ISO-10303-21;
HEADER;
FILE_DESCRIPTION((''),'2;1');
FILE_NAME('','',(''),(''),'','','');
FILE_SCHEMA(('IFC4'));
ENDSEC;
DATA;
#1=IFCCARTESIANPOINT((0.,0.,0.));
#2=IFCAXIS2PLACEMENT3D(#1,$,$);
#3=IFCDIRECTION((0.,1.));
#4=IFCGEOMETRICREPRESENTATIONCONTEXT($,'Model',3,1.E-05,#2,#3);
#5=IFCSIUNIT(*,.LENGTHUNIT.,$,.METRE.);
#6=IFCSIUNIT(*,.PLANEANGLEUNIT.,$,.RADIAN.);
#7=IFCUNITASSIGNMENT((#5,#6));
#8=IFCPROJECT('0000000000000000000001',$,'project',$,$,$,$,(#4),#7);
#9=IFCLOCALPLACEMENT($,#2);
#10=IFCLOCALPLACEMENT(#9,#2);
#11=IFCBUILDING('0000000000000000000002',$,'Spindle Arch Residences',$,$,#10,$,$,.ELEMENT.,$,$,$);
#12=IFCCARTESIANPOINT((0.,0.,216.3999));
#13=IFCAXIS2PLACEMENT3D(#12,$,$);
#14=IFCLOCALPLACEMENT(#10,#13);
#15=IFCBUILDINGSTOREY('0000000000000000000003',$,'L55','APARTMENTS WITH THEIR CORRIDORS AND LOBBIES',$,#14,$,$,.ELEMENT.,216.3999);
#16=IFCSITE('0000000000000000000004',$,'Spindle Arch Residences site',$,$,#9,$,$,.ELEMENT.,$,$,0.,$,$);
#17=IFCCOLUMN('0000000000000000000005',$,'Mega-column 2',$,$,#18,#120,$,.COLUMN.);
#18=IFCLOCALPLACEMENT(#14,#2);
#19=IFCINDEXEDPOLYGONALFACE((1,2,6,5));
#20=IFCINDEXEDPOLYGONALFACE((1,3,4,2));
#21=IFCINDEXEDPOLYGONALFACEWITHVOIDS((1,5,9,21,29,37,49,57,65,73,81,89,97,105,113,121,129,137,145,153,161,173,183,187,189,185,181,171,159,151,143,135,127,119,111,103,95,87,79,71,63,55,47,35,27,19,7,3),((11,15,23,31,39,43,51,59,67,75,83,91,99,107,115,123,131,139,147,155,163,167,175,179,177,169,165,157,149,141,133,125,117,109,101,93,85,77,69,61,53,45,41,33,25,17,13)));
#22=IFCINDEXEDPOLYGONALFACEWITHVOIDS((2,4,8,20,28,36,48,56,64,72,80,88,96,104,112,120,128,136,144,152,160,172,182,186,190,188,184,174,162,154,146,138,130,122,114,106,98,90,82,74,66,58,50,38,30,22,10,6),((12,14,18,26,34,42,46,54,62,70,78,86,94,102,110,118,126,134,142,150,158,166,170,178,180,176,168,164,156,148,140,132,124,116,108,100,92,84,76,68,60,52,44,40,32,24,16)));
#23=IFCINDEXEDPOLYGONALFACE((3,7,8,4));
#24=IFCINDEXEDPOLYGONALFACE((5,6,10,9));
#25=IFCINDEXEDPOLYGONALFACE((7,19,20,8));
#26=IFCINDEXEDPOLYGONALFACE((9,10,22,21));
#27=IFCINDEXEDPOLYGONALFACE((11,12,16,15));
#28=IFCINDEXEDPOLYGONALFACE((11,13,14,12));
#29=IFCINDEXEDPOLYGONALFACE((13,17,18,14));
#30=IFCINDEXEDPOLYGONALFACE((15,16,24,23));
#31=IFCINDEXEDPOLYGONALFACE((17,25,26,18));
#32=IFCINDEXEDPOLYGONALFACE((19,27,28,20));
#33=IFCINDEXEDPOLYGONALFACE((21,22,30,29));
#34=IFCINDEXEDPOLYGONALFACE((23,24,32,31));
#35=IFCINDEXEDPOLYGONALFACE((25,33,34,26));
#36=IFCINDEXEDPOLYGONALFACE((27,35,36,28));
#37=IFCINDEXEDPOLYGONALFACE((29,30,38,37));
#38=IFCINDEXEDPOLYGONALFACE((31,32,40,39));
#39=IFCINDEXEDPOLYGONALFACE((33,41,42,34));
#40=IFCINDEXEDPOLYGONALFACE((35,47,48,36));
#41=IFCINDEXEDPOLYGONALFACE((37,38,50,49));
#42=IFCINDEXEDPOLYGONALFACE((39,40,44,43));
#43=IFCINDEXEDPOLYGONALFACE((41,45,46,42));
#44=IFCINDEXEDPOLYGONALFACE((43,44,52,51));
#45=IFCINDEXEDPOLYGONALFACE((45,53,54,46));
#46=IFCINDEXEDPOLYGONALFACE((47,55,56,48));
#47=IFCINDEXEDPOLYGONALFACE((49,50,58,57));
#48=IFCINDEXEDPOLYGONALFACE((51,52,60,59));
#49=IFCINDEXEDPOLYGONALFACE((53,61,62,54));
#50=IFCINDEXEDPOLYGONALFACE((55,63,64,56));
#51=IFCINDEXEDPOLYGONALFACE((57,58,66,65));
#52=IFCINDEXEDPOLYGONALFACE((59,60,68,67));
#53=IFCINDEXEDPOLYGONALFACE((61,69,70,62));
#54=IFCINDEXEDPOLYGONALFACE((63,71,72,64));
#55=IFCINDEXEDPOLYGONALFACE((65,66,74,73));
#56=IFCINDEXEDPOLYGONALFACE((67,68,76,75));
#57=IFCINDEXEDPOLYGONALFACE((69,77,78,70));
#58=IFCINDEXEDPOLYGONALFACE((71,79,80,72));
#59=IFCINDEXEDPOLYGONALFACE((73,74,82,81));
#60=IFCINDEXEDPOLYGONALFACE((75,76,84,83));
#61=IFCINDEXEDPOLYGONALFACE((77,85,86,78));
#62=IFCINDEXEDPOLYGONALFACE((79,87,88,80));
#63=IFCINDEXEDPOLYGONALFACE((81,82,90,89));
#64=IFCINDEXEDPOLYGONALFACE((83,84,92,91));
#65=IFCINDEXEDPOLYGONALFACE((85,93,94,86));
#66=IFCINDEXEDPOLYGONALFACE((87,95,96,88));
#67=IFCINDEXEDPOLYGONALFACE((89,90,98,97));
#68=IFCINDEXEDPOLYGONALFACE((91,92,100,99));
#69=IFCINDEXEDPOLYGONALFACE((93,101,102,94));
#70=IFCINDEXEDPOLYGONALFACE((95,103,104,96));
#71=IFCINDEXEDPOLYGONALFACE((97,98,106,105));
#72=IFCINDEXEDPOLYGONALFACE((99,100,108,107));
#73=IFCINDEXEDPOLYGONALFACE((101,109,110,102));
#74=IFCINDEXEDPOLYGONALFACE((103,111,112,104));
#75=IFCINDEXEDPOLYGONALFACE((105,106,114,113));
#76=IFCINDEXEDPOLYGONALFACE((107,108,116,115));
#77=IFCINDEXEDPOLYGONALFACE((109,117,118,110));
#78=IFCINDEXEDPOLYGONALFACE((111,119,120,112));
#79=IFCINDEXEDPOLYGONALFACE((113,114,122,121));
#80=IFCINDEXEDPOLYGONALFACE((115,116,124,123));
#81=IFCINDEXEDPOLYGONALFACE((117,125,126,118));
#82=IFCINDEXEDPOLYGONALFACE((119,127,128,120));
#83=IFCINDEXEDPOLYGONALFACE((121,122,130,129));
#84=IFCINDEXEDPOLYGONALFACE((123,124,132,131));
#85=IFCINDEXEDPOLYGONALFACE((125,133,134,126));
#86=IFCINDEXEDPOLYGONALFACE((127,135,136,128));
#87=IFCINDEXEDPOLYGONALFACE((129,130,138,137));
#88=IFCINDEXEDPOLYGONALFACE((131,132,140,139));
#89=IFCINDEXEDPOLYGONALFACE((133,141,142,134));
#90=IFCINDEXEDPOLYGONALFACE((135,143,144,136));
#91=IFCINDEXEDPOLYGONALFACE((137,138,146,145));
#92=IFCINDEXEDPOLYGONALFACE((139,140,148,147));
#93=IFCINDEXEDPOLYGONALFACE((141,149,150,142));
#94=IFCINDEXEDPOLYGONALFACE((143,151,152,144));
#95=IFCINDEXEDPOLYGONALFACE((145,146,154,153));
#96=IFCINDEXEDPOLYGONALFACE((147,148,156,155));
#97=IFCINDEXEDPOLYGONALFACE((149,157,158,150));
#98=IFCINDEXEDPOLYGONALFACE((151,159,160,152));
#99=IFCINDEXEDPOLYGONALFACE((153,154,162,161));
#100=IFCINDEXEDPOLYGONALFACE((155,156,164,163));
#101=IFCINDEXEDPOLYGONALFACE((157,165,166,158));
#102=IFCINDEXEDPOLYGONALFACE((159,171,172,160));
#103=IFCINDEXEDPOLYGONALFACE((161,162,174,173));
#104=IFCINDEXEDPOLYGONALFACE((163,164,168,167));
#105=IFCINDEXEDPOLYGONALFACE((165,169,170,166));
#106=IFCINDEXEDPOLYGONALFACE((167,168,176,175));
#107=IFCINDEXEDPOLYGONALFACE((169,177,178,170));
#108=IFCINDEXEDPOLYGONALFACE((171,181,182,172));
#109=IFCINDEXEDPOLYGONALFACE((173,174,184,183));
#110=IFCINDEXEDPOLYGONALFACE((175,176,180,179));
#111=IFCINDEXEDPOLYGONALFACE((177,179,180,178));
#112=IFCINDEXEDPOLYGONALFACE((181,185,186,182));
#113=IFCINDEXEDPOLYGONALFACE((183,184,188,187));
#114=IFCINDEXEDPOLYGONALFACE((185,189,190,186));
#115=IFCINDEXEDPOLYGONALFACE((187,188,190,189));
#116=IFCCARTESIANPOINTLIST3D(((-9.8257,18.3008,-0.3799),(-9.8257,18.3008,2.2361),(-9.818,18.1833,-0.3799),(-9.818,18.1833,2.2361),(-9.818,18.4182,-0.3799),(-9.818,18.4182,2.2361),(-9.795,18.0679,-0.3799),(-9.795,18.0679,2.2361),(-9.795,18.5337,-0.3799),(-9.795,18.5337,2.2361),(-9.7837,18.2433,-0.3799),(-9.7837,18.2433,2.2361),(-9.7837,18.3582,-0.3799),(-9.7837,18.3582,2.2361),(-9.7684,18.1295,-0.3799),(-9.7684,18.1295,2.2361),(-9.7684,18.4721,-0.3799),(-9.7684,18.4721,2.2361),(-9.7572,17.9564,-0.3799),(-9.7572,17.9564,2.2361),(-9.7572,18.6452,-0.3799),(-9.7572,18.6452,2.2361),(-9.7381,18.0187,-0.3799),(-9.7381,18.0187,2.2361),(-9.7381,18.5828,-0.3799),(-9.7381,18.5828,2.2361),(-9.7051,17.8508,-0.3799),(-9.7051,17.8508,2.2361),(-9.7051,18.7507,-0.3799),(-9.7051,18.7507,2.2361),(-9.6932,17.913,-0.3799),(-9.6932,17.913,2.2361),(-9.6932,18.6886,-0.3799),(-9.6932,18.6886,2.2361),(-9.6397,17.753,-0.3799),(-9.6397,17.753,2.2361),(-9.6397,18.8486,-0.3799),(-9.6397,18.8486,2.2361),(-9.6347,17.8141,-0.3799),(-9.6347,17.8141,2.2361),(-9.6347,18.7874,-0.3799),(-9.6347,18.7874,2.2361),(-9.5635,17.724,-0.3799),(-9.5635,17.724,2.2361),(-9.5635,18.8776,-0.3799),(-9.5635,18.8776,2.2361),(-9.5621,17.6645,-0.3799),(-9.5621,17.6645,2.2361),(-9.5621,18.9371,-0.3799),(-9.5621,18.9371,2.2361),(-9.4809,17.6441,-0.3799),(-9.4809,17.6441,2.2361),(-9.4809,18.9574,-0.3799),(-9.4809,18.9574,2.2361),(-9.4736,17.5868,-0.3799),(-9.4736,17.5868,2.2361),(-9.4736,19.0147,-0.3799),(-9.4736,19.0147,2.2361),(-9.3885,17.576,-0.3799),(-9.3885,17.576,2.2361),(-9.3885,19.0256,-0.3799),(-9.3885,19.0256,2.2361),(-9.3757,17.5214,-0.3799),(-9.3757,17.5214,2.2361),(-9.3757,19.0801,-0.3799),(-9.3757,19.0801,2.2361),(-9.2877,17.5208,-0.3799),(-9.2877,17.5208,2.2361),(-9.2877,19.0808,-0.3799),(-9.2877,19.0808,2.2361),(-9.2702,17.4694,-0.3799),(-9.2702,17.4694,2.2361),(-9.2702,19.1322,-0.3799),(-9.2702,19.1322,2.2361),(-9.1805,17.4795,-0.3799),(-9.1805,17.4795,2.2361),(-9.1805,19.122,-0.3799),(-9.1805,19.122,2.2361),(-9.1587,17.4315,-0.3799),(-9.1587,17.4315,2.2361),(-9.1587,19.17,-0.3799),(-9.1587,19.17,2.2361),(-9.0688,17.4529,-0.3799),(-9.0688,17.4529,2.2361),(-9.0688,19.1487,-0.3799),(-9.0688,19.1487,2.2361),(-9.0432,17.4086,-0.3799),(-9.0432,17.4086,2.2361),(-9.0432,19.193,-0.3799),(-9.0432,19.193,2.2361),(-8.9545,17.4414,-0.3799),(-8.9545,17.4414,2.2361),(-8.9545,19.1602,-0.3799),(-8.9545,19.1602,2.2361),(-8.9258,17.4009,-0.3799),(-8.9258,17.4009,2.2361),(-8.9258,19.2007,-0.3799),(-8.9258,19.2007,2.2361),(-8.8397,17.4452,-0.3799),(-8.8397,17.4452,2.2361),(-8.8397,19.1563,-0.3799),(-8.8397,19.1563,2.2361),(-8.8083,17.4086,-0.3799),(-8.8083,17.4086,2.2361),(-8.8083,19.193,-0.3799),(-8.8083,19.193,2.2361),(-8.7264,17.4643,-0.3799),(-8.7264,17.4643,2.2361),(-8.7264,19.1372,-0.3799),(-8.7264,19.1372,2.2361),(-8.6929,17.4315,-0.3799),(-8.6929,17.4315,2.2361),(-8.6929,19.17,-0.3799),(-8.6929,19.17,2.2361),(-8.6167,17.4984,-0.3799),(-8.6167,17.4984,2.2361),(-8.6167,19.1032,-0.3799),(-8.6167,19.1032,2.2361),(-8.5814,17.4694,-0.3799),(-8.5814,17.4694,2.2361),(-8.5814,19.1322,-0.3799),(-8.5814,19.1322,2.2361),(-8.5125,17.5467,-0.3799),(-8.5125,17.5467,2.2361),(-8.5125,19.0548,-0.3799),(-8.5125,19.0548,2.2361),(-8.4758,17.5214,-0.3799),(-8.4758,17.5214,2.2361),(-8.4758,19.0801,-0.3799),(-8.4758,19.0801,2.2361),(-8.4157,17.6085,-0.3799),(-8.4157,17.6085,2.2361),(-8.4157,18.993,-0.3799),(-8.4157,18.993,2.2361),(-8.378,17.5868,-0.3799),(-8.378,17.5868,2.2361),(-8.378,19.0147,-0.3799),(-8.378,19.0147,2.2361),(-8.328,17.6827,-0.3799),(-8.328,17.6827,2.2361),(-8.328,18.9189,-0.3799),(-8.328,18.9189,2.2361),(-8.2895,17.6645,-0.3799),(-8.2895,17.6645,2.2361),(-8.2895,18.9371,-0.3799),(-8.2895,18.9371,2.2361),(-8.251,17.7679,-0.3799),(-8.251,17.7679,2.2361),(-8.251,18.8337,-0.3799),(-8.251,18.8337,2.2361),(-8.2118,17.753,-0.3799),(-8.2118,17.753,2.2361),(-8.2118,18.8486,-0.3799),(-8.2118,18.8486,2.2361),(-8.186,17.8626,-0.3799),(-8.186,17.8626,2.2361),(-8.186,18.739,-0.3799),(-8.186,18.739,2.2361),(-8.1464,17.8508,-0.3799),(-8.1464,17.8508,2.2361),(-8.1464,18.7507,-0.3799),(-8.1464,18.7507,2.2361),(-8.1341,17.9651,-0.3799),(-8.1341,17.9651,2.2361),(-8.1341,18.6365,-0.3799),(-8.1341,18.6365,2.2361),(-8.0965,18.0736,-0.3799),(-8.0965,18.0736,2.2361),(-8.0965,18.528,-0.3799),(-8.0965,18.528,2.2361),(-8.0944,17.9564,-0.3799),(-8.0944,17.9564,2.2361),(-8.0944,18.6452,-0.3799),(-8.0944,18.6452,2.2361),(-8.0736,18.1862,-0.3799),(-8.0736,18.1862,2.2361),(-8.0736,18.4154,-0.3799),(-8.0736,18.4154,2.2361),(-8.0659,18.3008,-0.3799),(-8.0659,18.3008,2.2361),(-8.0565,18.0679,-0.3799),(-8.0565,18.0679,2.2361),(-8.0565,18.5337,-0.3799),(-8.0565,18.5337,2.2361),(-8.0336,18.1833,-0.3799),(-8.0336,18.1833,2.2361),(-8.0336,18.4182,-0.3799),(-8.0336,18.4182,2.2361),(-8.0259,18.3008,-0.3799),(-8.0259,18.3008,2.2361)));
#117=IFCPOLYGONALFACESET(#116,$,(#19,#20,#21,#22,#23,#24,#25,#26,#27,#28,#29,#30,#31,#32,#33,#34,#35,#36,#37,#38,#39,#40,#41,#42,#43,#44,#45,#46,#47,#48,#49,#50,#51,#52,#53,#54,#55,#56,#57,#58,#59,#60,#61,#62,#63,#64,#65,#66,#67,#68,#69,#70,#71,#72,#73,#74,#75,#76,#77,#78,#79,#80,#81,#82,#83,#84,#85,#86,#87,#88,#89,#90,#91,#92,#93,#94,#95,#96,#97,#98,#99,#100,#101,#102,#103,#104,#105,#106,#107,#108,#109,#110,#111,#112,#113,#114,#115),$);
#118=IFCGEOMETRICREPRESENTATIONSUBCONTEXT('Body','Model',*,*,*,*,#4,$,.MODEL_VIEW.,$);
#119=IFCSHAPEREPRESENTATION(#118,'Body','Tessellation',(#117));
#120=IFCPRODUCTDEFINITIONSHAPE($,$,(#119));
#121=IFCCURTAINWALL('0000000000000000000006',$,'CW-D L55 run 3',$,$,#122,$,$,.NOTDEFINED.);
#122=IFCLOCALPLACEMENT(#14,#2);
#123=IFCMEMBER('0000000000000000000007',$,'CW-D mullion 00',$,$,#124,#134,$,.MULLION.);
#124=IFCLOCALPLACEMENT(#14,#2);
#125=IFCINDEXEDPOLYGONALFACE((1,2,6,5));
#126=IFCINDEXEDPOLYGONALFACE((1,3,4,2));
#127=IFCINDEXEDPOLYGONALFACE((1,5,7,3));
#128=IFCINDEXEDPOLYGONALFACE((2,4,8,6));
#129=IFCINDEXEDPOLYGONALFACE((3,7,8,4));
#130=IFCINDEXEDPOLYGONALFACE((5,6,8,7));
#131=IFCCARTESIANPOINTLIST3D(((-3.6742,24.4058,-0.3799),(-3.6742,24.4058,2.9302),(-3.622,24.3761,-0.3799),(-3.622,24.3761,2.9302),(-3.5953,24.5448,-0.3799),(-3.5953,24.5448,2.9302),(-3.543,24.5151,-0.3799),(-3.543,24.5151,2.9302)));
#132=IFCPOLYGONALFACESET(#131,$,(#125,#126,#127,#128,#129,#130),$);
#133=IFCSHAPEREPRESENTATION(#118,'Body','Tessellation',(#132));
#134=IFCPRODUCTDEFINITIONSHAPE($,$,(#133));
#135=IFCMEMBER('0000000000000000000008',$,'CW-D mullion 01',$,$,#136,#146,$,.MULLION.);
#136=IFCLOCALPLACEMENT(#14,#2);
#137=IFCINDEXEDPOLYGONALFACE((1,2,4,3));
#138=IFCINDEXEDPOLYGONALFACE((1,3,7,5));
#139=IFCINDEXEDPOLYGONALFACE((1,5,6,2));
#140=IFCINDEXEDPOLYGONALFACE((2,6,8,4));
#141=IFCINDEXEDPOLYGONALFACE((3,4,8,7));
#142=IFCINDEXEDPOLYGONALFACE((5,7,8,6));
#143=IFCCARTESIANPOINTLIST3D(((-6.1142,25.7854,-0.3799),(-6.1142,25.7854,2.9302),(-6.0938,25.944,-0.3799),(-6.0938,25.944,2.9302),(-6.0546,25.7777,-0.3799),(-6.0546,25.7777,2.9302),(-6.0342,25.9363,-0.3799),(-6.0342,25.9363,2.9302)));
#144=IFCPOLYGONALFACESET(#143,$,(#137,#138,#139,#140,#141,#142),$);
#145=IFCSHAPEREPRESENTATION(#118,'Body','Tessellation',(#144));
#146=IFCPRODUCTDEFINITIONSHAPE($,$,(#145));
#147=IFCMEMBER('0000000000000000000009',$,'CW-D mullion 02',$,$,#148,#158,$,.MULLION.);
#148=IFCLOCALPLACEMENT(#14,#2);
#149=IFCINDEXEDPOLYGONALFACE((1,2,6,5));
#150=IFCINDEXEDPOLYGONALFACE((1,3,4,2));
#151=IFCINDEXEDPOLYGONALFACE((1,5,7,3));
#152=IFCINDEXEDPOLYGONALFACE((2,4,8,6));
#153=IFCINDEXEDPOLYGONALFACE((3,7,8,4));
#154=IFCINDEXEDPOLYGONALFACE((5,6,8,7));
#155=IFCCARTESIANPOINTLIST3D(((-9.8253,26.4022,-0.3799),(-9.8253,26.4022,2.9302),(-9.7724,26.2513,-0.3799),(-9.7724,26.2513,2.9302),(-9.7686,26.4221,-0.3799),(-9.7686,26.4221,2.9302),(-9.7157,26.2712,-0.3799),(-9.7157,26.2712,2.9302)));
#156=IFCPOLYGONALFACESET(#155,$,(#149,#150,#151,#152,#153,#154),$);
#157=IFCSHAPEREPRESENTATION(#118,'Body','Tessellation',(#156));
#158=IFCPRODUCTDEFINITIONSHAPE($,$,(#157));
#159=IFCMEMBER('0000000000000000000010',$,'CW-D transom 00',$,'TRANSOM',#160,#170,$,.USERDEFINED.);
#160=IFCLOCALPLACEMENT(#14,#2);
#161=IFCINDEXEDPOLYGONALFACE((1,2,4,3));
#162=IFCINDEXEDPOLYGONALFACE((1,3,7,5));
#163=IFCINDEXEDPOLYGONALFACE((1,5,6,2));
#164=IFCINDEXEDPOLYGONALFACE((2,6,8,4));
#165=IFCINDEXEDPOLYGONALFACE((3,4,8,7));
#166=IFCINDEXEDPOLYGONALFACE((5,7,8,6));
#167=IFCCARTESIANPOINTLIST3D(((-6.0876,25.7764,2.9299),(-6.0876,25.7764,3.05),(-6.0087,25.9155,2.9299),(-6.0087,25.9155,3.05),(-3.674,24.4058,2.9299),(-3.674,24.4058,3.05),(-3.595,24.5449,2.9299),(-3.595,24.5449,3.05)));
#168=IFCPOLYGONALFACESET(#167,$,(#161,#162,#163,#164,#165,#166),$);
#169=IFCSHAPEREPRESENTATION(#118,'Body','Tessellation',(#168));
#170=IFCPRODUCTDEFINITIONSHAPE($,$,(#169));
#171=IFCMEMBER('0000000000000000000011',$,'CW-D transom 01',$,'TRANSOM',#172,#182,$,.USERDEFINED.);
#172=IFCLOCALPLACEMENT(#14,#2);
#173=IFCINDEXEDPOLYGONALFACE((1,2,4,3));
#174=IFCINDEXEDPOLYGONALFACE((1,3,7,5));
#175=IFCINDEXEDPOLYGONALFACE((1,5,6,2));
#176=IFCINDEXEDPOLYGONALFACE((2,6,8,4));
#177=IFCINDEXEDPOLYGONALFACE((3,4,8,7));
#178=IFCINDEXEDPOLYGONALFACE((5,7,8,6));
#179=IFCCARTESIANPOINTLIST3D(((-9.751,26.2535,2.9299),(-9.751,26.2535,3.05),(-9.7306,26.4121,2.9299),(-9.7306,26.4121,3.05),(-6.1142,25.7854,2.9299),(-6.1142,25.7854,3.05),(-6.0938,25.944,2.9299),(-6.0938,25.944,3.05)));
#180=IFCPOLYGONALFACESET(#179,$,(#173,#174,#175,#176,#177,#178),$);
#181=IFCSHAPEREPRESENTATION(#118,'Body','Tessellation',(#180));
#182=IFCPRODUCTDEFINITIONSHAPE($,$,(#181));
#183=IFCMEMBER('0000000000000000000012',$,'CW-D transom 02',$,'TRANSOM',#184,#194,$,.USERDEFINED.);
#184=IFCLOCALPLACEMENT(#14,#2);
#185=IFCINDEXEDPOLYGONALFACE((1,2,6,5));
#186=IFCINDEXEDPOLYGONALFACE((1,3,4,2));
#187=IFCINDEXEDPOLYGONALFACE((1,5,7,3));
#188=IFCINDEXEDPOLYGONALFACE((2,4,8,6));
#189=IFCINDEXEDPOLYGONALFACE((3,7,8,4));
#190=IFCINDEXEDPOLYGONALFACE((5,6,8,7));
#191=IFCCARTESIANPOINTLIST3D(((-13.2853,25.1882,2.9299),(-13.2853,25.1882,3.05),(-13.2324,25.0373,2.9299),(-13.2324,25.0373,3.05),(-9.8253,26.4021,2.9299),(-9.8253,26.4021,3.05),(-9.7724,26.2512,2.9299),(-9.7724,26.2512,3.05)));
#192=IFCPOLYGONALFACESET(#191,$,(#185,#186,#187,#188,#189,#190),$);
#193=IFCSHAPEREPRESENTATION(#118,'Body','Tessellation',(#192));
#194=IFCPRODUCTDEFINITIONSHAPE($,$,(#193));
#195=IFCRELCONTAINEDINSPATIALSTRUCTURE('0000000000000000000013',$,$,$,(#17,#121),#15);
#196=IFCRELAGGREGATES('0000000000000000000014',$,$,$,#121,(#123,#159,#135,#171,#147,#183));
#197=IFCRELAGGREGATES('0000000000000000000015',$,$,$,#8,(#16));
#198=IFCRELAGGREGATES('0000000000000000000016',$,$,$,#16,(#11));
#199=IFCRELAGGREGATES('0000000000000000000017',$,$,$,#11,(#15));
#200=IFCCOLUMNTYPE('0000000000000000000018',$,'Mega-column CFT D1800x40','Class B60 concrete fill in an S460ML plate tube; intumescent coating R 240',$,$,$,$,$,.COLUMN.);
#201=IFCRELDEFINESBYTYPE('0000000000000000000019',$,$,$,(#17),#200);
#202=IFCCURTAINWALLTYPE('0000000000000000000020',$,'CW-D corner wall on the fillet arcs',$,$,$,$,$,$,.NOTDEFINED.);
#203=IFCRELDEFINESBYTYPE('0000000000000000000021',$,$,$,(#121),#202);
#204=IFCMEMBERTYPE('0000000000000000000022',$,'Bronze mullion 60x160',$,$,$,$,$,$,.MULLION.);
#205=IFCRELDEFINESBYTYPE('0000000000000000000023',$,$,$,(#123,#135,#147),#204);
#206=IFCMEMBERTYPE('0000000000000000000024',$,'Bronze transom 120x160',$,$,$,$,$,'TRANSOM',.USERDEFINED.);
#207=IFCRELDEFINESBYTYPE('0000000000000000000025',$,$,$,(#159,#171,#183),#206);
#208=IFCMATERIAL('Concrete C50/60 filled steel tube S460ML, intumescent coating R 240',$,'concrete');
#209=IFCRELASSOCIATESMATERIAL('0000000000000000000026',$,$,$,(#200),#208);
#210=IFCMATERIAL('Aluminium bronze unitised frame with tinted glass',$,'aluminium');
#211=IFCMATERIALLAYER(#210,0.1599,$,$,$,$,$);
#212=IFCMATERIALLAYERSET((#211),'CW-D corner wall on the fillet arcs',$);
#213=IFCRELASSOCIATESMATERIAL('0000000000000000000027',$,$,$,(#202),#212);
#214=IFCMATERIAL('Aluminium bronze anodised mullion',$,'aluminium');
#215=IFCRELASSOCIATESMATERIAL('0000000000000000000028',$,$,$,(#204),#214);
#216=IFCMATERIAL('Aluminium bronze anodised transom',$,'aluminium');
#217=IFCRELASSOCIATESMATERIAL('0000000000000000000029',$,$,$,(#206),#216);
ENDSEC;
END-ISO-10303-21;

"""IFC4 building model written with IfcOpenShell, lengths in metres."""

from ifc_helpers import new_model, si_unit, direction, frame, origin, origin_2d, place, context, subcontext, project, spatial, rectangle, hollow_circle, extrude, material, layer, layer_set, material_profile, profile_set, type_object, element, aggregate, save


model = new_model("IFC4")

# Units and contexts
model_context = context("Model", 3, precision=1e-05, world=origin(), true_north=direction((0.0, 1.0)))
body_context = subcontext(model_context, "Body", "Model", "MODEL_VIEW")
ifc_project = project(units=[si_unit("LENGTHUNIT", "METRE"), si_unit("PLANEANGLEUNIT", "RADIAN")], contexts=[model_context])

# Site, building, storey
site_placement = place(None, origin())
site = spatial("IfcSite", under=ifc_project, at=site_placement, Name="Spindle Arch Residences site", CompositionType="ELEMENT", RefElevation=0.0)
building_placement = place(site_placement, origin())
building = spatial("IfcBuilding", under=site, at=building_placement, Name="Spindle Arch Residences", CompositionType="ELEMENT")
storey_placement = place(building_placement, frame((0.0, 0.0, 216.3999)))
storey = spatial("IfcBuildingStorey", under=building, at=storey_placement, Name="L55", Description="APARTMENTS WITH THEIR CORRIDORS AND LOBBIES", CompositionType="ELEMENT", Elevation=216.3999)

# Column
ifc_material_1 = material(Name="Concrete C50/60 filled steel tube S460ML, intumescent coating R 240", Category="concrete")
ifc_material_profile_1 = material_profile(ifc_material_1, hollow_circle(Radius=0.8999, WallThickness=0.04, at=origin_2d()), Name="CFT D1800x40")
ifc_profile_set_1 = profile_set([ifc_material_profile_1], Name="Concrete C50/60 filled steel tube S460ML, intumescent coating R 240")
column_type_1 = type_object("IfcColumnType", Name="Mega-column CFT D1800x40", Description="Class B60 concrete fill in an S460ML plate tube; intumescent coating R 240", PredefinedType="COLUMN", material=ifc_profile_set_1)
column_placement = place(storey_placement, frame((-8.9258, 18.3008, -0.3799), z_axis=(0.0, 0.0, 1.0), x_axis=(1.0, 0.0, 0.0)))
element("IfcColumn", 1, at=column_placement, inside=storey, type_object=column_type_1, Name="Mega-column 2", PredefinedType="COLUMN", context=body_context, shape_type="SweptSolid", body=[
    extrude(hollow_circle(Radius=0.8999, WallThickness=0.04, at=origin_2d()), origin(), (0.0, 0.0, 1.0), 2.616),
])

# Curtain wall, members
ifc_material_2 = material(Name="Aluminium bronze unitised frame with tinted glass", Category="aluminium")
ifc_layer_1 = layer(ifc_material_2, 0.1599)
ifc_layer_set_1 = layer_set([ifc_layer_1], Name="CW-D corner wall on the fillet arcs")
curtain_wall_type_1 = type_object("IfcCurtainWallType", Name="CW-D corner wall on the fillet arcs", PredefinedType="NOTDEFINED", material=ifc_layer_set_1)
curtain_wall_1_placement = place(storey_placement, origin())
curtain_wall_1 = element("IfcCurtainWall", 2, at=curtain_wall_1_placement, inside=storey, type_object=curtain_wall_type_1, Name="CW-D L55 run 3", PredefinedType="NOTDEFINED")
ifc_material_3 = material(Name="Aluminium bronze anodised mullion", Category="aluminium")
ifc_material_profile_2 = material_profile(ifc_material_3, rectangle(XDim=0.1599, YDim=0.0601, at=origin_2d()), Name="MU 60x160")
ifc_profile_set_2 = profile_set([ifc_material_profile_2], Name="Aluminium bronze anodised mullion")
member_type_1 = type_object("IfcMemberType", Name="Bronze mullion 60x160", PredefinedType="MULLION", material=ifc_profile_set_2)
member_1_placement = place(storey_placement, frame((-3.6086, 24.4604, -0.3799), z_axis=(0.0, 0.0, 1.0), x_axis=(-0.493865, -0.869539, 0.0)))
member_1 = element("IfcMember", 3, at=member_1_placement, type_object=member_type_1, Name="CW-D mullion 00", PredefinedType="MULLION", context=body_context, shape_type="SweptSolid", body=[
    extrude(rectangle(XDim=0.1599, YDim=0.0601, at=origin_2d()), origin(), (0.0, 0.0, 1.0), 3.3101),
])
member_2_placement = place(storey_placement, frame((-6.0742, 25.8608, -0.3799), z_axis=(0.0, 0.0, 1.0), x_axis=(-0.127642, -0.99182, 0.0)))
member_2 = element("IfcMember", 4, at=member_2_placement, type_object=member_type_1, Name="CW-D mullion 01", PredefinedType="MULLION", context=body_context, shape_type="SweptSolid", body=[
    extrude(rectangle(XDim=0.1599, YDim=0.0601, at=origin_2d()), origin(), (0.0, 0.0, 1.0), 3.3101),
])
member_3_placement = place(storey_placement, frame((-9.7705, 26.3367, -0.3799), z_axis=(0.0, 0.0, 1.0), x_axis=(0.331063, -0.943609, 0.0)))
member_3 = element("IfcMember", 5, at=member_3_placement, type_object=member_type_1, Name="CW-D mullion 02", PredefinedType="MULLION", context=body_context, shape_type="SweptSolid", body=[
    extrude(rectangle(XDim=0.1599, YDim=0.0601, at=origin_2d()), origin(), (0.0, 0.0, 1.0), 3.3101),
])
ifc_material_4 = material(Name="Aluminium bronze anodised transom", Category="aluminium")
ifc_material_profile_3 = material_profile(ifc_material_4, rectangle(XDim=0.1599, YDim=0.1201, at=origin_2d()), Name="TR 120x160")
ifc_profile_set_3 = profile_set([ifc_material_profile_3], Name="Aluminium bronze anodised transom")
member_type_2 = type_object("IfcMemberType", Name="Bronze transom 120x160", ElementType="TRANSOM", PredefinedType="USERDEFINED", material=ifc_profile_set_3)
member_4_placement = place(storey_placement, frame((-3.6345, 24.4753, 2.99), z_axis=(-0.869572, 0.493807, 0.0), x_axis=(-0.493807, -0.869572, 0.0)))
member_4 = element("IfcMember", 6, at=member_4_placement, type_object=member_type_2, Name="CW-D transom 00", ObjectType="TRANSOM", PredefinedType="USERDEFINED", context=body_context, shape_type="SweptSolid", body=[
    extrude(rectangle(XDim=0.1599, YDim=0.1201, at=origin_2d()), origin(), (0.0, 0.0, 1.0), 2.7756),
])
member_5_placement = place(storey_placement, frame((-6.104, 25.8647, 2.99), z_axis=(-0.991821, 0.12764, 0.0), x_axis=(-0.12764, -0.991821, 0.0)))
member_5 = element("IfcMember", 7, at=member_5_placement, type_object=member_type_2, Name="CW-D transom 01", ObjectType="TRANSOM", PredefinedType="USERDEFINED", context=body_context, shape_type="SweptSolid", body=[
    extrude(rectangle(XDim=0.1599, YDim=0.1201, at=origin_2d()), origin(), (0.0, 0.0, 1.0), 3.6667),
])
member_6_placement = place(storey_placement, frame((-9.7988, 26.3267, 2.99), z_axis=(-0.943613, -0.33105, 0.0), x_axis=(0.33105, -0.943613, 0.0)))
member_6 = element("IfcMember", 8, at=member_6_placement, type_object=member_type_2, Name="CW-D transom 02", ObjectType="TRANSOM", PredefinedType="USERDEFINED", context=body_context, shape_type="SweptSolid", body=[
    extrude(rectangle(XDim=0.1599, YDim=0.1201, at=origin_2d()), origin(), (0.0, 0.0, 1.0), 3.6667),
])

aggregate(curtain_wall_1, [member_1, member_4, member_2, member_5, member_3, member_6])

save(model, "model.ifc")
